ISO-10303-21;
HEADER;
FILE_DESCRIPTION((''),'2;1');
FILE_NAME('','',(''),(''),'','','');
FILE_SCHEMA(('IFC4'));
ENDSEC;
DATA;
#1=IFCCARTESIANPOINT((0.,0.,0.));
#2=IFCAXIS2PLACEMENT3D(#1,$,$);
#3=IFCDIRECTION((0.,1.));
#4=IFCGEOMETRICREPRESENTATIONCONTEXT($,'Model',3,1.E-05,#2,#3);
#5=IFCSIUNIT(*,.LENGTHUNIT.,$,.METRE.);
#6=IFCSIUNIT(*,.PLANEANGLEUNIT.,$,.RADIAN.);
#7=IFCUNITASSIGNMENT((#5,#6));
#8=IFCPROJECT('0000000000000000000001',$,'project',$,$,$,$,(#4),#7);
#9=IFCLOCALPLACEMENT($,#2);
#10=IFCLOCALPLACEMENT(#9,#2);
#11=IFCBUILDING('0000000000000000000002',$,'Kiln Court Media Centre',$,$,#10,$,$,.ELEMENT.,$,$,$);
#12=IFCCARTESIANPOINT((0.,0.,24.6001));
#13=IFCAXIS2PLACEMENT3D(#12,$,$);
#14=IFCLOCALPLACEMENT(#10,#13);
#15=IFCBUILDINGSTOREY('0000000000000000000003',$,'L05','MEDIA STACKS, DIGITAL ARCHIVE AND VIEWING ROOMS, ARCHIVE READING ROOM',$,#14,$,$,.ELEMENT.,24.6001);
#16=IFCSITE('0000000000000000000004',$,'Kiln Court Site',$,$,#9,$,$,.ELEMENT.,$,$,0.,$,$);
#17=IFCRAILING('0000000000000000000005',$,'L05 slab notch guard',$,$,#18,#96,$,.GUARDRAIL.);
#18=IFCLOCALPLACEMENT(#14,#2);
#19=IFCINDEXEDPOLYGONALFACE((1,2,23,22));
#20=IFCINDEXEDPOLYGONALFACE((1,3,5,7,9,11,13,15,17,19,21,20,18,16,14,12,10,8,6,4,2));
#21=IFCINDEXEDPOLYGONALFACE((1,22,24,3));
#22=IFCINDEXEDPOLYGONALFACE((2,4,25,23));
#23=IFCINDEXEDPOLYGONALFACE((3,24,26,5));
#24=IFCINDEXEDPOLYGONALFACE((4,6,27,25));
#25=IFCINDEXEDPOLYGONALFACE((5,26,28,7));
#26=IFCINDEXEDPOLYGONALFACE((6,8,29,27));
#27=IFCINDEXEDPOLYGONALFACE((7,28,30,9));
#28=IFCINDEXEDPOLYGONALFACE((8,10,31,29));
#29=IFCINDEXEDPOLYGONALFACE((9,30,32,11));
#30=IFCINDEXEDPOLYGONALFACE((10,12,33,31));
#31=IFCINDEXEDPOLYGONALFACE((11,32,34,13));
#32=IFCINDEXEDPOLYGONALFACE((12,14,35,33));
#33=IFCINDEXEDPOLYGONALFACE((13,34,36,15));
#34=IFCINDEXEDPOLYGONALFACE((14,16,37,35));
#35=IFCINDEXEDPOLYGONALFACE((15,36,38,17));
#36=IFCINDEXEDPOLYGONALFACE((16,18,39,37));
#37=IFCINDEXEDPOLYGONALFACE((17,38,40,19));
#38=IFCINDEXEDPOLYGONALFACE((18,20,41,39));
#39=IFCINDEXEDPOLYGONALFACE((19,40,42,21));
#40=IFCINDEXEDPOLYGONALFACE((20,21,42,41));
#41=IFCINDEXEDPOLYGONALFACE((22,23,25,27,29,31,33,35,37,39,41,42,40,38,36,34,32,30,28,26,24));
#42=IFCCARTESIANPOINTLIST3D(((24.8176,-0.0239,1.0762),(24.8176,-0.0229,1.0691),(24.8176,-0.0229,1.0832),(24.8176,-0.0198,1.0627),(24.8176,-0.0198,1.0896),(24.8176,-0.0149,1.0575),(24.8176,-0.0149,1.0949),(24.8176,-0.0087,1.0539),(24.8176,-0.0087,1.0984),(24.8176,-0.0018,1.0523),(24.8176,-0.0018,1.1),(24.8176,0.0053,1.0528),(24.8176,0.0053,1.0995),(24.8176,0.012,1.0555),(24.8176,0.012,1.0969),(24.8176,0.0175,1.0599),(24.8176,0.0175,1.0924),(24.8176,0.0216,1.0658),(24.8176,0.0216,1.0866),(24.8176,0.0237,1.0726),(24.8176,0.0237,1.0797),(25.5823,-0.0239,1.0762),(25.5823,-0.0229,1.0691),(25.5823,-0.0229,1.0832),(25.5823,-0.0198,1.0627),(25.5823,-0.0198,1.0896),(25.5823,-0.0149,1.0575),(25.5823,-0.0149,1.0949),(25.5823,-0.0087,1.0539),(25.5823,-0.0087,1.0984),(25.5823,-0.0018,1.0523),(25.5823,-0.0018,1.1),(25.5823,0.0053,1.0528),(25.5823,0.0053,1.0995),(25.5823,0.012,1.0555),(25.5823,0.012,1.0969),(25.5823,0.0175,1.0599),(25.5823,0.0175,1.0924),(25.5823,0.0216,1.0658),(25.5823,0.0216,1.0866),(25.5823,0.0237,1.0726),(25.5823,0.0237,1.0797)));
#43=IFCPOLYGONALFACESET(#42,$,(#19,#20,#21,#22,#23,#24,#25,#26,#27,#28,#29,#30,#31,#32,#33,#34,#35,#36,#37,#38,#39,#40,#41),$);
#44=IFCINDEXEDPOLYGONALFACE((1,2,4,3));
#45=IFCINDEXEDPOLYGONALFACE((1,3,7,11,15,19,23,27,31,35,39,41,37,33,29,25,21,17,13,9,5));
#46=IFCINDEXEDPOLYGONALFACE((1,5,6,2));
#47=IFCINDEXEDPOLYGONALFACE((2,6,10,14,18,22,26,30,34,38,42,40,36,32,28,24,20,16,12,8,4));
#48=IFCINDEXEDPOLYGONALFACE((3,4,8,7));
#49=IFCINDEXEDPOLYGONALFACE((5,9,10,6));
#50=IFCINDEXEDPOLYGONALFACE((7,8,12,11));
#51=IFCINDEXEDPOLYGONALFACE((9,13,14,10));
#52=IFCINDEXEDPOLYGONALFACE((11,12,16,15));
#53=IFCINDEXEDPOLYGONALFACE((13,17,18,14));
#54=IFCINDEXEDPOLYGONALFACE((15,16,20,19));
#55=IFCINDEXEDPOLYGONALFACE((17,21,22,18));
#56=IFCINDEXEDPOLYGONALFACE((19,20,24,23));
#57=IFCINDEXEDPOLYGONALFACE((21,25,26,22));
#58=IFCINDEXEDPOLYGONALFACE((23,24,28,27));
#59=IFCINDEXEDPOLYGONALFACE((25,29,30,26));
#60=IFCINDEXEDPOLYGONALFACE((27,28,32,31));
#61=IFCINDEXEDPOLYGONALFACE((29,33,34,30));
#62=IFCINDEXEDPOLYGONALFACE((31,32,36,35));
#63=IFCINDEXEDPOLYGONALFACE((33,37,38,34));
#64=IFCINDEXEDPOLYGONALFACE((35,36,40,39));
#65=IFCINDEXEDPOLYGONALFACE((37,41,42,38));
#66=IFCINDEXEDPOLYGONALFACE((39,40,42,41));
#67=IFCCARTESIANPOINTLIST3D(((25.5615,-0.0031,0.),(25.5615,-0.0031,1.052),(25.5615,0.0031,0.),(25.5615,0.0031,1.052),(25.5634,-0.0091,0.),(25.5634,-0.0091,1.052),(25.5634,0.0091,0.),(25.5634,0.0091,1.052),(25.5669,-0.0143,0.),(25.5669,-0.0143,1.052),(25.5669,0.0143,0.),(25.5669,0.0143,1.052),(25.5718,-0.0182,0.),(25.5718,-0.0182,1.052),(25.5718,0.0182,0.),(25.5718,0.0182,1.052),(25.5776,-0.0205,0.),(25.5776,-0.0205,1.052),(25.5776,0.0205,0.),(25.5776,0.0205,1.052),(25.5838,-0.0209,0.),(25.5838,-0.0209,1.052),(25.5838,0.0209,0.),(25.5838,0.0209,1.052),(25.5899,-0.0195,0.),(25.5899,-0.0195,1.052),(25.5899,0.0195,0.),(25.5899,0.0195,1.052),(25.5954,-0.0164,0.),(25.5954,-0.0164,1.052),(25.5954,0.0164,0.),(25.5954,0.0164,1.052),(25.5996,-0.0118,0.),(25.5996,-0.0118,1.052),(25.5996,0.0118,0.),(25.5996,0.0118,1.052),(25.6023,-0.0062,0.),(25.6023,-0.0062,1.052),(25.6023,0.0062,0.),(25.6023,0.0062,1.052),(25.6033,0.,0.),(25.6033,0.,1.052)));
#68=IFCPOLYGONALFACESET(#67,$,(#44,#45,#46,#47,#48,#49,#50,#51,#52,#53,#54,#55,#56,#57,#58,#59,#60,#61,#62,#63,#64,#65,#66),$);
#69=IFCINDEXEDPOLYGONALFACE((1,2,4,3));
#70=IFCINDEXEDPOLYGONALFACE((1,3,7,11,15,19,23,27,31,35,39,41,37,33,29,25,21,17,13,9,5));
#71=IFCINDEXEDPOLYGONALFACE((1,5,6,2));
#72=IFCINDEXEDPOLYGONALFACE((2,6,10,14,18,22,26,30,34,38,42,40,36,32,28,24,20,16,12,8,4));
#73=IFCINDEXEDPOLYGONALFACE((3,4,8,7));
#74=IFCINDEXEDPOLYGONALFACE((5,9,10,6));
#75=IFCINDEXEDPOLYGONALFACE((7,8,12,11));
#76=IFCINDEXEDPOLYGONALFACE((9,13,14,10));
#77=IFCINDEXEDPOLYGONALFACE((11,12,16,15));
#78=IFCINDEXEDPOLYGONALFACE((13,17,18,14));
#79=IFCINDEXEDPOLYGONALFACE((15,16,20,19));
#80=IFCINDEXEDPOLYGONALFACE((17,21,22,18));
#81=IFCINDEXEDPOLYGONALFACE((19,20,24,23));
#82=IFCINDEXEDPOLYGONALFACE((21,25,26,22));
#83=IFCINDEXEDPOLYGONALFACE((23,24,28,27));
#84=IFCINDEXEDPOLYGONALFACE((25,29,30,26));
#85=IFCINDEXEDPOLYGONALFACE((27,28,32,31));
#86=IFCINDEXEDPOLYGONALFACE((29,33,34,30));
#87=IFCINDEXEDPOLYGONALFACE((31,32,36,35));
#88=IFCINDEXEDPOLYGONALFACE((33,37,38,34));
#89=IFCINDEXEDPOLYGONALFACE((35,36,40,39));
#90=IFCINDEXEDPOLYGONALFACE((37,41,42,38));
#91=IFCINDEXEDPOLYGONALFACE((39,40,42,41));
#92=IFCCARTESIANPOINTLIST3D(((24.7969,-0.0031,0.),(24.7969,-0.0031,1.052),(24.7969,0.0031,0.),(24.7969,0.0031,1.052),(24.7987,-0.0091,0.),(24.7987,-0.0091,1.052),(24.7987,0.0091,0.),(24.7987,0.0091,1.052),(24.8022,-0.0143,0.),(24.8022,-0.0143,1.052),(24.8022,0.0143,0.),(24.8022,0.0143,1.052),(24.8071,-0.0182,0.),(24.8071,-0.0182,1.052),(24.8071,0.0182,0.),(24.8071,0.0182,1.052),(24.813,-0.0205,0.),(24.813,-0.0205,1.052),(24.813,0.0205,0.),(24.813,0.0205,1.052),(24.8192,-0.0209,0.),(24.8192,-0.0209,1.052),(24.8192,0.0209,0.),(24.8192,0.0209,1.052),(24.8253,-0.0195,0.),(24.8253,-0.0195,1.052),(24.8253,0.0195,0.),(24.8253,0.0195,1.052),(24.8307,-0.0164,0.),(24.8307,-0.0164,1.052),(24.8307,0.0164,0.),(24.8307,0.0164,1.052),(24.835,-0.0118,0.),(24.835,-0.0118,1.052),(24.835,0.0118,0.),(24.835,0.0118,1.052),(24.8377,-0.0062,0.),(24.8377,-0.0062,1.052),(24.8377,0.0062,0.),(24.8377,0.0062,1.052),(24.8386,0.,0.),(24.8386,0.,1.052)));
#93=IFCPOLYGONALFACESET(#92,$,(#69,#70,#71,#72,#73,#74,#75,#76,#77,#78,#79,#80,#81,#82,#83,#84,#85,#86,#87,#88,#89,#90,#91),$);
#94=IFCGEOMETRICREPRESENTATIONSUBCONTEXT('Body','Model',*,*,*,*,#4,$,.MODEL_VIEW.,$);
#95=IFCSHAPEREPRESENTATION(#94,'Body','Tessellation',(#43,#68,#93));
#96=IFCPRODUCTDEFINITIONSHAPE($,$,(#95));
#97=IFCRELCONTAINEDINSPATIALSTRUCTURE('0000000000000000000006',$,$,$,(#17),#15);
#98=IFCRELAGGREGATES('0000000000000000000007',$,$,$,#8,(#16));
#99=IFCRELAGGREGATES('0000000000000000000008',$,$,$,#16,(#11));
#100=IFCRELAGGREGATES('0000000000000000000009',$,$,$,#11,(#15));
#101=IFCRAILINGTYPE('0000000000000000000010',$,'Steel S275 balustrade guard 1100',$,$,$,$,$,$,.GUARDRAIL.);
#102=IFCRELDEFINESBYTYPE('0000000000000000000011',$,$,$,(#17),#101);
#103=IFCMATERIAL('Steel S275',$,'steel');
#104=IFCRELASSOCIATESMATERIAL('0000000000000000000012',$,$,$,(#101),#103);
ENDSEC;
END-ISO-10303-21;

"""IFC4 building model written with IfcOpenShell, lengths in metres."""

from ifc_helpers import new_model, si_unit, direction, frame, origin, origin_2d, place, context, subcontext, project, spatial, circle, extrude, material, type_object, element, save


model = new_model("IFC4")

# Units and contexts
model_context = context("Model", 3, precision=1e-05, world=origin(), true_north=direction((0.0, 1.0)))
body_context = subcontext(model_context, "Body", "Model", "MODEL_VIEW")
ifc_project = project(units=[si_unit("LENGTHUNIT", "METRE"), si_unit("PLANEANGLEUNIT", "RADIAN")], contexts=[model_context])

# Site, building, storey
site_placement = place(None, origin())
site = spatial("IfcSite", under=ifc_project, at=site_placement, Name="Kiln Court Site", CompositionType="ELEMENT", RefElevation=0.0)
building_placement = place(site_placement, origin())
building = spatial("IfcBuilding", under=site, at=building_placement, Name="Kiln Court Media Centre", CompositionType="ELEMENT")
storey_placement = place(building_placement, frame((0.0, 0.0, 24.6001)))
storey = spatial("IfcBuildingStorey", under=building, at=storey_placement, Name="L05", Description="MEDIA STACKS, DIGITAL ARCHIVE AND VIEWING ROOMS, ARCHIVE READING ROOM", CompositionType="ELEMENT", Elevation=24.6001)

# Railing
ifc_material_1 = material(Name="Steel S275", Category="steel")
railing_type_1 = type_object("IfcRailingType", Name="Steel S275 balustrade guard 1100", PredefinedType="GUARDRAIL", material=ifc_material_1)
railing_1_placement = place(storey_placement, frame((25.5823, 0.0, 0.0)))
element("IfcRailing", 1, at=railing_1_placement, inside=storey, type_object=railing_type_1, Name="L05 slab notch guard", PredefinedType="GUARDRAIL", context=body_context, shape_type="SweptSolid", body=[
    extrude(circle(Radius=0.0239, at=origin_2d()), frame((0.0, 0.0, 1.0762), z_axis=(-1.0, 0.0, 0.0), x_axis=(0.0, -1.0, 0.0)), (0.0, 0.0, 1.0), 0.7646),
    extrude(circle(Radius=0.021, at=origin_2d()), origin(), (0.0, 0.0, 1.0), 1.052),
    extrude(circle(Radius=0.021, at=origin_2d()), frame((-0.7646, 0.0, 0.0)), (0.0, 0.0, 1.0), 1.052),
])

save(model, "model.ifc")
